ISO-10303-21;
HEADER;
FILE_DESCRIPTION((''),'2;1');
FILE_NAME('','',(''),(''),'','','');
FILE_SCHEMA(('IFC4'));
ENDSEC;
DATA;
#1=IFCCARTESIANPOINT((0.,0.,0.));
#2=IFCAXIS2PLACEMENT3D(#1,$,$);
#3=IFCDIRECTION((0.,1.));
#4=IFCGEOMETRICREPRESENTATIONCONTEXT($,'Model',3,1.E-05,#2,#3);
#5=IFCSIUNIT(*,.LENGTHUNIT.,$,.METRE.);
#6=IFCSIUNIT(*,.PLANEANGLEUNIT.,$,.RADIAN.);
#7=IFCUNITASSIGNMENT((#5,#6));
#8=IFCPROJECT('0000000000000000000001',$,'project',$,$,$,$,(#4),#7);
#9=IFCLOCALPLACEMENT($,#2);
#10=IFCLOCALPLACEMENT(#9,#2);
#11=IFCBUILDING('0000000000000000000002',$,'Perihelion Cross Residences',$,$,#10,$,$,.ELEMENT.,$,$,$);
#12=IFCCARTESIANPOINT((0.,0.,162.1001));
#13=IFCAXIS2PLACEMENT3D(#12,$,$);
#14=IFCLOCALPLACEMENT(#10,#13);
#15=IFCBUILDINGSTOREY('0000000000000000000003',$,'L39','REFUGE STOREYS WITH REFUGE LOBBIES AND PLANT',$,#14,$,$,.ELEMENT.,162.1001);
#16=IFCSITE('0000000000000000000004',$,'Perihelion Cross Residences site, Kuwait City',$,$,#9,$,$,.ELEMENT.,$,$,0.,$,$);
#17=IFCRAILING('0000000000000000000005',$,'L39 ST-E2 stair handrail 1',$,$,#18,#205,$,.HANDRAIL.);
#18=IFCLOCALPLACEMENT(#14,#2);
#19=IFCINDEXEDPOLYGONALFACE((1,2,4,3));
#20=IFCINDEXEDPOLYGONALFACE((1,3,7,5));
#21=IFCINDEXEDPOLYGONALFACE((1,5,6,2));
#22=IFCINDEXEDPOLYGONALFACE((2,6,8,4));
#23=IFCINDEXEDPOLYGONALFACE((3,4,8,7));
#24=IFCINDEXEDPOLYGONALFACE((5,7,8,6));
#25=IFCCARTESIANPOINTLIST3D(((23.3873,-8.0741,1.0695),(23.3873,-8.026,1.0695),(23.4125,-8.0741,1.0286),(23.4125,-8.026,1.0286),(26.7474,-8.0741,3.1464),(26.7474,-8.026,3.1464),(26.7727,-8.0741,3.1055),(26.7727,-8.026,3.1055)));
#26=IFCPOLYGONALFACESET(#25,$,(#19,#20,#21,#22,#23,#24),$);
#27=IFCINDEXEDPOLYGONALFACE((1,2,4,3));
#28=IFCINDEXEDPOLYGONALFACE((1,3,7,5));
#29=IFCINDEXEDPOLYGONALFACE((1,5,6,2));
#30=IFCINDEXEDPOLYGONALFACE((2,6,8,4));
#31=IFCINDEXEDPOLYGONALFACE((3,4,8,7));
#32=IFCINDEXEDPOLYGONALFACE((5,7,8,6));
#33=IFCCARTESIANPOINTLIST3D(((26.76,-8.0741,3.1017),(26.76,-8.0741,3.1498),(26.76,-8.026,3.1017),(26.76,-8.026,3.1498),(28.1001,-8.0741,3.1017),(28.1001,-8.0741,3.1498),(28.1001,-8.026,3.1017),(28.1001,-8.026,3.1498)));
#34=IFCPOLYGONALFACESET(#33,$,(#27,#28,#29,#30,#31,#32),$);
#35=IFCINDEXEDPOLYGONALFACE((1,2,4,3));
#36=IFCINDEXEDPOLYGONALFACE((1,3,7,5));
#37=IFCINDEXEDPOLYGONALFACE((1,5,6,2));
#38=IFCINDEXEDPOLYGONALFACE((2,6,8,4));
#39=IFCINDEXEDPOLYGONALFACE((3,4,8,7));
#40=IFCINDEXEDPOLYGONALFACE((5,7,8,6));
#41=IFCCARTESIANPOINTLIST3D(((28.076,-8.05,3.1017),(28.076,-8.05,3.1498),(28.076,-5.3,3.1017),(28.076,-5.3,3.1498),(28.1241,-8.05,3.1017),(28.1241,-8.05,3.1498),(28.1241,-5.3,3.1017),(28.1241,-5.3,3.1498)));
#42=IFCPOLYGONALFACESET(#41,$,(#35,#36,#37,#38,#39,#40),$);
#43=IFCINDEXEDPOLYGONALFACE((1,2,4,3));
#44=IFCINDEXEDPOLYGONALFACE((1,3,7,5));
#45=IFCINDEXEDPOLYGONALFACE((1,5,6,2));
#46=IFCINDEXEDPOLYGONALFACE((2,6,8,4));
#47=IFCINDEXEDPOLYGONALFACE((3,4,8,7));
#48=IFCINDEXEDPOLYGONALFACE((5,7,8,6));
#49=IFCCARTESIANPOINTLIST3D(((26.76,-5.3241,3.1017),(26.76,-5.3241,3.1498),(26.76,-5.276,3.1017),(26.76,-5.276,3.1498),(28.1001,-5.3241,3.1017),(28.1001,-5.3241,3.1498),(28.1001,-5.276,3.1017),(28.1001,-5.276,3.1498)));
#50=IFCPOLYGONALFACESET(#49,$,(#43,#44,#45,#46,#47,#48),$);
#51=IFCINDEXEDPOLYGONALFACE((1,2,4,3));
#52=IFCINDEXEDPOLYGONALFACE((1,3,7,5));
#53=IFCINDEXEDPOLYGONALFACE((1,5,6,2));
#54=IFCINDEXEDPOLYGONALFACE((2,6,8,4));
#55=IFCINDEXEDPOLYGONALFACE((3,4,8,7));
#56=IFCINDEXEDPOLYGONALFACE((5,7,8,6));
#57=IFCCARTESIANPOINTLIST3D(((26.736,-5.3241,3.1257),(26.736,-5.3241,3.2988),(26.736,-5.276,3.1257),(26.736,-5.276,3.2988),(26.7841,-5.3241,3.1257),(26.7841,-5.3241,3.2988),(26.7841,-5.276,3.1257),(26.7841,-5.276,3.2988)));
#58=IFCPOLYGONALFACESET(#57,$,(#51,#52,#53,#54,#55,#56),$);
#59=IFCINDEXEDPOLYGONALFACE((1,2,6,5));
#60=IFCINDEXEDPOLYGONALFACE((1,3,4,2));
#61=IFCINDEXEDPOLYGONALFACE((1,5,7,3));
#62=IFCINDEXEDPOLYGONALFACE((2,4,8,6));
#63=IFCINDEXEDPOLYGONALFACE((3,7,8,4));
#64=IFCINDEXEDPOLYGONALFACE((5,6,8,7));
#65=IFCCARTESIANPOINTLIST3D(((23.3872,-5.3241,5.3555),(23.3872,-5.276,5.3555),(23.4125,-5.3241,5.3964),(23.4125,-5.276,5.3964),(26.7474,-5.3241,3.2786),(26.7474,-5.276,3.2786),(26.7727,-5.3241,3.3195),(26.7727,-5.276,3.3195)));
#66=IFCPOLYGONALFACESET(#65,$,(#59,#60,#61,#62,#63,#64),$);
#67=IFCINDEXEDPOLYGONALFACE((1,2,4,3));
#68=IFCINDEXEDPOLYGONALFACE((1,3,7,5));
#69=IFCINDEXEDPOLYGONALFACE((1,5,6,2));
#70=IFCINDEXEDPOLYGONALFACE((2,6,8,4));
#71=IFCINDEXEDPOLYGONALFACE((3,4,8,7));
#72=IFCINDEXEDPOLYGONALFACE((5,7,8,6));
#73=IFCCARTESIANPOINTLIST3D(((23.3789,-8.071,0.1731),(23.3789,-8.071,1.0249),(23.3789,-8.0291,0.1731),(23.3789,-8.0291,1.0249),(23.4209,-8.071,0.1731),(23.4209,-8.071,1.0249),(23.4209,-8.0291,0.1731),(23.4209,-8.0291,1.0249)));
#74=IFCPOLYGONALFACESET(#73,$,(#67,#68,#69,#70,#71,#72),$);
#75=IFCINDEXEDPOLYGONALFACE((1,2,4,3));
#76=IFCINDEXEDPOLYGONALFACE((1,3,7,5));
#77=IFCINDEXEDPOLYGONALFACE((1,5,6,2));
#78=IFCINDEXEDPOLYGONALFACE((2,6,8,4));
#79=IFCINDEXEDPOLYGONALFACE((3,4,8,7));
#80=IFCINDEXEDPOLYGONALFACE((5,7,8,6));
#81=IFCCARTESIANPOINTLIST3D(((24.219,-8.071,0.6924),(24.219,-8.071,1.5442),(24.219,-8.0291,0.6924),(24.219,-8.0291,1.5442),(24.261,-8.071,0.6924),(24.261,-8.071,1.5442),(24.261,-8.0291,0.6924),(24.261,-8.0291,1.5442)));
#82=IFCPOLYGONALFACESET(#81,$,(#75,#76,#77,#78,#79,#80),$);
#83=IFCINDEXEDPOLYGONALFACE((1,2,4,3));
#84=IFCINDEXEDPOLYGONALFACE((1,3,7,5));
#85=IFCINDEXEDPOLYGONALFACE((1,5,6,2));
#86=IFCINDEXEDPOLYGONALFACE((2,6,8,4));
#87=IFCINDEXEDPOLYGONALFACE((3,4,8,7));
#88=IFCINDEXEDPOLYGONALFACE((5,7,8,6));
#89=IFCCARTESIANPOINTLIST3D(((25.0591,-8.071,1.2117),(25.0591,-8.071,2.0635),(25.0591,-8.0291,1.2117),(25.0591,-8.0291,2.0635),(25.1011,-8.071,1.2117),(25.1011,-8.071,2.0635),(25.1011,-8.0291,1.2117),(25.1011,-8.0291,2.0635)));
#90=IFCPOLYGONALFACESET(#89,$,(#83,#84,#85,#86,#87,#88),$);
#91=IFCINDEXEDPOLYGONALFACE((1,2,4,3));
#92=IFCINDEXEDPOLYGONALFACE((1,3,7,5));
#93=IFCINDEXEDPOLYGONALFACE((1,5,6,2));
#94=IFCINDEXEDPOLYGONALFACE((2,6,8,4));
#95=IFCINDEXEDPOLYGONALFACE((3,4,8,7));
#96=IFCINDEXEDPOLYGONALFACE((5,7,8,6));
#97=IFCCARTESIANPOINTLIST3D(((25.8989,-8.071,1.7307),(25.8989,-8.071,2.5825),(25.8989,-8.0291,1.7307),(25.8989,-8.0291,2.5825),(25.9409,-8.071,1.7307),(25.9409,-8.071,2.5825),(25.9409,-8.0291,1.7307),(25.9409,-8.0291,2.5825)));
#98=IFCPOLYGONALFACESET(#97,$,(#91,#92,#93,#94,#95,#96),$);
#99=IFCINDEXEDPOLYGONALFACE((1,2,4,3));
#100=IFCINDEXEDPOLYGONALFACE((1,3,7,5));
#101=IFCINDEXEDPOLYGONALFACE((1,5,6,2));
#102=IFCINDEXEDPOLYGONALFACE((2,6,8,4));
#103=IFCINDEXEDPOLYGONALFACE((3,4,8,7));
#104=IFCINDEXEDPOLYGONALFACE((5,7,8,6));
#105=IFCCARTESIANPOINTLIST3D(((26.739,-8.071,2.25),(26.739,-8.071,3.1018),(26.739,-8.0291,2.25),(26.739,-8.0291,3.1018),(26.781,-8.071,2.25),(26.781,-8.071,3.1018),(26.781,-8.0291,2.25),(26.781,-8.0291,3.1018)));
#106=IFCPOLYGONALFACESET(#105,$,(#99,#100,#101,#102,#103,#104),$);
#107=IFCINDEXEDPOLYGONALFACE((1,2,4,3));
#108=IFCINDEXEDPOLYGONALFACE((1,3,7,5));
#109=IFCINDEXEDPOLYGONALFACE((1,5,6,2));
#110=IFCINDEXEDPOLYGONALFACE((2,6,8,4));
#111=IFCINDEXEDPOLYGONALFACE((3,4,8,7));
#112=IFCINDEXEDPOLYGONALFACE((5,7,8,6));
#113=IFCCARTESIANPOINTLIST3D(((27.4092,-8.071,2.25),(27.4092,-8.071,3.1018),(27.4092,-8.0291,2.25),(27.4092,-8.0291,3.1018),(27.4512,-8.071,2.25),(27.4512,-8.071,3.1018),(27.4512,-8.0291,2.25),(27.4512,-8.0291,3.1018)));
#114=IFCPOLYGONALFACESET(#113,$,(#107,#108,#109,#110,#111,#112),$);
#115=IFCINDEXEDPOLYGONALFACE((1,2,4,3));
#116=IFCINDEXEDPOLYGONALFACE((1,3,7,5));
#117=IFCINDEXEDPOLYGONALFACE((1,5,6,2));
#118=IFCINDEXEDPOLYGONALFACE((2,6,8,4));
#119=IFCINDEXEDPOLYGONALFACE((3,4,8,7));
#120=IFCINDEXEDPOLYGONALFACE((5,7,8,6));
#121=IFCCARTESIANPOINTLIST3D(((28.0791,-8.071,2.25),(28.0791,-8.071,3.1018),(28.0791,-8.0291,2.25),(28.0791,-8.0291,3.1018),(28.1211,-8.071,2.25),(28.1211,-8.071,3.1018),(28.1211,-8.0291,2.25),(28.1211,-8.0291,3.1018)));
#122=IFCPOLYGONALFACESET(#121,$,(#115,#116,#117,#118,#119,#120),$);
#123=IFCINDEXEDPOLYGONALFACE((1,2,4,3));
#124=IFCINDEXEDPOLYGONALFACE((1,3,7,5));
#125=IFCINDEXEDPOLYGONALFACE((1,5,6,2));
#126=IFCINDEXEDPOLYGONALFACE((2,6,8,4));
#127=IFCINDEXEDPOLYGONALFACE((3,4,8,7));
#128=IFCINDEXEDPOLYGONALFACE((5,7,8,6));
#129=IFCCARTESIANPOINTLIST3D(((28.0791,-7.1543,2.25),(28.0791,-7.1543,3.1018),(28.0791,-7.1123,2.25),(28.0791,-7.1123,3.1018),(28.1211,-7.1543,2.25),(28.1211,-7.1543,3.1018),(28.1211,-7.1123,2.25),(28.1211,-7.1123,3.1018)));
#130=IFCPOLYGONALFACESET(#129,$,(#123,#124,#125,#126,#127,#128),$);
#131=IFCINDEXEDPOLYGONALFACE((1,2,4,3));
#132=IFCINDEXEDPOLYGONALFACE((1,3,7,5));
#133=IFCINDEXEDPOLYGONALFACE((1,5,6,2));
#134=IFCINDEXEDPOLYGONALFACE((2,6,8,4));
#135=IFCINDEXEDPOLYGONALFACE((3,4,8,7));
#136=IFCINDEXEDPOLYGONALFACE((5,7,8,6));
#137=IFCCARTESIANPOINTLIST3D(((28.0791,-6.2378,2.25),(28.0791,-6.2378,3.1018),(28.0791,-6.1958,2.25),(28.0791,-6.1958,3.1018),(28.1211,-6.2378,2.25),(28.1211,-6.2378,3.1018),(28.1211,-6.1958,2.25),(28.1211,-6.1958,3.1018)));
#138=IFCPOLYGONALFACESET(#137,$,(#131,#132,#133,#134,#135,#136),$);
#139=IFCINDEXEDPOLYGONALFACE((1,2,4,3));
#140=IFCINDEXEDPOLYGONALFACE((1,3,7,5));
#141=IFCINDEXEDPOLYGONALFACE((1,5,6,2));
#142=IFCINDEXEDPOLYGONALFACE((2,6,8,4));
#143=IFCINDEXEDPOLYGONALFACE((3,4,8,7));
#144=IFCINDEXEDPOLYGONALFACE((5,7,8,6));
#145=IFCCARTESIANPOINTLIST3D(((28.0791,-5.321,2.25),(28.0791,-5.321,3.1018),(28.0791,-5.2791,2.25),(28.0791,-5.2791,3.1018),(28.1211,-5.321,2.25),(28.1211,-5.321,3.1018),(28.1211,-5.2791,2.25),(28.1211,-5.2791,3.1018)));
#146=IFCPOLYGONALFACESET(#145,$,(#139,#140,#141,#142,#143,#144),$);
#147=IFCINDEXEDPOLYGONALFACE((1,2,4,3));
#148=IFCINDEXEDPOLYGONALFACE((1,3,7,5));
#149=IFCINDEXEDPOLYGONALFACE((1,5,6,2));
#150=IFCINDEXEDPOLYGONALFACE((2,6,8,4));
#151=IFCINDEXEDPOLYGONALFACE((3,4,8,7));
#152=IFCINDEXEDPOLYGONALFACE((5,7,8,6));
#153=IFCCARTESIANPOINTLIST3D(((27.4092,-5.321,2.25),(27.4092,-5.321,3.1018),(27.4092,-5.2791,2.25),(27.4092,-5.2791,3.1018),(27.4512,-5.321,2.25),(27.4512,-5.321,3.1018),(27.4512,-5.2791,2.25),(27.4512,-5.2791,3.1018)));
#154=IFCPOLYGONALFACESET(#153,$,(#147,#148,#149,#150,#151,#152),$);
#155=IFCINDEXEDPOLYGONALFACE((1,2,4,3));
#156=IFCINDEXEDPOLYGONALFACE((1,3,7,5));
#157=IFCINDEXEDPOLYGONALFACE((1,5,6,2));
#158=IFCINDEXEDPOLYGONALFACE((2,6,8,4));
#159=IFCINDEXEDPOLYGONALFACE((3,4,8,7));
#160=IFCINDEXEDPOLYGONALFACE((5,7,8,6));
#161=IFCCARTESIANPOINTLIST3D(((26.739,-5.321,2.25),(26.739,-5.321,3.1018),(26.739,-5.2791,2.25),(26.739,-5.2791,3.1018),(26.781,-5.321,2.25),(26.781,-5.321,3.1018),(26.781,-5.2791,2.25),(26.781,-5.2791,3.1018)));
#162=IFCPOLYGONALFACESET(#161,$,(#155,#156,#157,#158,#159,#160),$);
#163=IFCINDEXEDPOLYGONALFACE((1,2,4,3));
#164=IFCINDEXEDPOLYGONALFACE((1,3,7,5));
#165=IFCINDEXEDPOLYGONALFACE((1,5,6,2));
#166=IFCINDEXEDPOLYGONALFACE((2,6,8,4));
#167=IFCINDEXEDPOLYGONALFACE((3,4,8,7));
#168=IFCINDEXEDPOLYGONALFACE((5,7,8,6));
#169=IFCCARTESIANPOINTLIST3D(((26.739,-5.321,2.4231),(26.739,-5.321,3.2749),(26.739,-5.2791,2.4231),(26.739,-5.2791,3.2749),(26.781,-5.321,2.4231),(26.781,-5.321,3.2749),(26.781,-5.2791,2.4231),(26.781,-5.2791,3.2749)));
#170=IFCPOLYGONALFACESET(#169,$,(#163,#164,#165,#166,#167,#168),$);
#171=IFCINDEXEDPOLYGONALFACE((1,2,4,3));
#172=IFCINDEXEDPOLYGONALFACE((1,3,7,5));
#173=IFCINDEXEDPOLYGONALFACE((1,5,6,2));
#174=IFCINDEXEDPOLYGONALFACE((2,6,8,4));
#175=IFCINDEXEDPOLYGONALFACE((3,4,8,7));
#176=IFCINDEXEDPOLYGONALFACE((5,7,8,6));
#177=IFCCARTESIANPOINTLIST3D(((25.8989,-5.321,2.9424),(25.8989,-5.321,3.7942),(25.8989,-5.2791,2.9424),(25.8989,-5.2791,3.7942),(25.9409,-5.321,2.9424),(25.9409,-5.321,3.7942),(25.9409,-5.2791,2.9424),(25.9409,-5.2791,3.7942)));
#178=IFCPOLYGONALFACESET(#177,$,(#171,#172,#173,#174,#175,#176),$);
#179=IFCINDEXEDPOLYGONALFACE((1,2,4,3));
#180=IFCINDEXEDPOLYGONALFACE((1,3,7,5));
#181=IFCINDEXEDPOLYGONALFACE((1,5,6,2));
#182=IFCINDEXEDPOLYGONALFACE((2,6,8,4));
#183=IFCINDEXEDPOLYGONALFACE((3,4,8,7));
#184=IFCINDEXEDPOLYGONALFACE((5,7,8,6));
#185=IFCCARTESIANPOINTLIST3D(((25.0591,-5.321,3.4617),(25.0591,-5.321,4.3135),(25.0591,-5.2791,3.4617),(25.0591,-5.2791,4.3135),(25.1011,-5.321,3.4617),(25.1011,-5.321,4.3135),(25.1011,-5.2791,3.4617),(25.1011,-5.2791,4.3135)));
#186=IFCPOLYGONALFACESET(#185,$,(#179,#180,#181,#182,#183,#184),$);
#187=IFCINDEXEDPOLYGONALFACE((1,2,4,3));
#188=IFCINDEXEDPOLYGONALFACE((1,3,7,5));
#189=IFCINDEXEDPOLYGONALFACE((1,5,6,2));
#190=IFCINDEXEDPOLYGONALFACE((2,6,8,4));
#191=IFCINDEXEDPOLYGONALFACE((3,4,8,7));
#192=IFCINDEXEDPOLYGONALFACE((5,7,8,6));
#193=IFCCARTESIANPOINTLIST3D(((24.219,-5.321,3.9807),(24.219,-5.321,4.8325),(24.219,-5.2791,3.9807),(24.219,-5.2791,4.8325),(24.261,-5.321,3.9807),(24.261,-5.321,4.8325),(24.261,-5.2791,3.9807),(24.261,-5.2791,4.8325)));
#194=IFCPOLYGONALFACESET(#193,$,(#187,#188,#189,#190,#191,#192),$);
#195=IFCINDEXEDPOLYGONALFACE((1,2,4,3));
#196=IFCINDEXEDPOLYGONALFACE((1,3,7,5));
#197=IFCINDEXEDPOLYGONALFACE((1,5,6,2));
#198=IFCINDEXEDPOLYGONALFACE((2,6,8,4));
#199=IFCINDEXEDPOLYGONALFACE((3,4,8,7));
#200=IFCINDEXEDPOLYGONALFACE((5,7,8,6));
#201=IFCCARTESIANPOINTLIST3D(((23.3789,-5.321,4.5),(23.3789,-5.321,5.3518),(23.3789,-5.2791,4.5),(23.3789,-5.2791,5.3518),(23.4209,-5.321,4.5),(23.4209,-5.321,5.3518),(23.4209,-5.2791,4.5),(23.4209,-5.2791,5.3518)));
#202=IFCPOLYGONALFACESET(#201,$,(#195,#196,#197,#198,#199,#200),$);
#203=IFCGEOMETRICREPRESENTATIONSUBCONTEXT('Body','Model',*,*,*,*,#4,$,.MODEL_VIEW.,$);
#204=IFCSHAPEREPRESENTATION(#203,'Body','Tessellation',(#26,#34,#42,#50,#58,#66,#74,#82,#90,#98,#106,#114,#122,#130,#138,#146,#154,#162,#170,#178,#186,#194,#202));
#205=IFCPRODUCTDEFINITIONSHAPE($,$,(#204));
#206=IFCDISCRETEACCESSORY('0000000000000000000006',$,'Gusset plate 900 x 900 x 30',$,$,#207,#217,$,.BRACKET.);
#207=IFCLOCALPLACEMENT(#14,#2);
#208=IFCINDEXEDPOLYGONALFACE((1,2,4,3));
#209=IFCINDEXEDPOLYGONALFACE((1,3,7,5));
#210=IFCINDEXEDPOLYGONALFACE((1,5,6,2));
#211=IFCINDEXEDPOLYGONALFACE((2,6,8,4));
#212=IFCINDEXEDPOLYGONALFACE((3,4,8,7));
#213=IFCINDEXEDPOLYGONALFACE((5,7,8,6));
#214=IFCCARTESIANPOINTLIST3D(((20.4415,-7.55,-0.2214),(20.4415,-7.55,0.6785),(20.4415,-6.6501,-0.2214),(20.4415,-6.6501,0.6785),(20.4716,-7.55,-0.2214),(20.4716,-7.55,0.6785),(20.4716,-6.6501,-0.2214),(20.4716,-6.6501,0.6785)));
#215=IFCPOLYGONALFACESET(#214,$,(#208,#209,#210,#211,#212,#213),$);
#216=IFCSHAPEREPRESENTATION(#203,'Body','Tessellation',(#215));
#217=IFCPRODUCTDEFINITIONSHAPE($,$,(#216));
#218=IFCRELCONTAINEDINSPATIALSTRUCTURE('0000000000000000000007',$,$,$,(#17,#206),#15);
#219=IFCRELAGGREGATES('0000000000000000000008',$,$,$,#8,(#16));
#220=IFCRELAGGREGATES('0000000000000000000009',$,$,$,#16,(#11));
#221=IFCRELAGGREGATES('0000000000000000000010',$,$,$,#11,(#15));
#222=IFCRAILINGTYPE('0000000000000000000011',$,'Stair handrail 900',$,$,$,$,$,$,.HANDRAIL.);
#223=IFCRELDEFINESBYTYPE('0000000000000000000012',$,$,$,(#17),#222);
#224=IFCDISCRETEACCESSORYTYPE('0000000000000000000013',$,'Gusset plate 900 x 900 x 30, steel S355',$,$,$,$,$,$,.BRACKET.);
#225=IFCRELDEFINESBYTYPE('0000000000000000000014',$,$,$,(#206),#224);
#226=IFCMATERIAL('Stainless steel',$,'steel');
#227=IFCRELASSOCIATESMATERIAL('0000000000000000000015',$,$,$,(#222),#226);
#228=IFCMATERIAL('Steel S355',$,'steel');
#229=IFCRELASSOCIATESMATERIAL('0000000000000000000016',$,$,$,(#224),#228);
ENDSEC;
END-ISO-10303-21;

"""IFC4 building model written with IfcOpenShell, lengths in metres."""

from ifc_helpers import new_model, si_unit, direction, frame, origin, origin_2d, place, context, subcontext, project, spatial, rectangle, extrude, material, type_object, element, save


model = new_model("IFC4")

# Units and contexts
model_context = context("Model", 3, precision=1e-05, world=origin(), true_north=direction((0.0, 1.0)))
body_context = subcontext(model_context, "Body", "Model", "MODEL_VIEW")
ifc_project = project(units=[si_unit("LENGTHUNIT", "METRE"), si_unit("PLANEANGLEUNIT", "RADIAN")], contexts=[model_context])

# Site, building, storey
site_placement = place(None, origin())
site = spatial("IfcSite", under=ifc_project, at=site_placement, Name="Perihelion Cross Residences site, Kuwait City", CompositionType="ELEMENT", RefElevation=0.0)
building_placement = place(site_placement, origin())
building = spatial("IfcBuilding", under=site, at=building_placement, Name="Perihelion Cross Residences", CompositionType="ELEMENT")
storey_placement = place(building_placement, frame((0.0, 0.0, 162.1001)))
storey = spatial("IfcBuildingStorey", under=building, at=storey_placement, Name="L39", Description="REFUGE STOREYS WITH REFUGE LOBBIES AND PLANT", CompositionType="ELEMENT", Elevation=162.1001)

# Railing
ifc_material_1 = material(Name="Stainless steel", Category="steel")
railing_type_1 = type_object("IfcRailingType", Name="Stair handrail 900", PredefinedType="HANDRAIL", material=ifc_material_1)
railing_1_placement = place(storey_placement, frame((23.3999, -8.05, 0.1731)))
element("IfcRailing", 1, at=railing_1_placement, inside=storey, type_object=railing_type_1, Name="L39 ST-E2 stair handrail 1", PredefinedType="HANDRAIL", context=body_context, shape_type="SweptSolid", body=[
    extrude(rectangle(XDim=0.0481, YDim=0.0481, at=origin_2d()), frame((0.0, 0.0, 0.876), z_axis=(0.850623, 0.0, 0.525776), x_axis=(0.0, 1.0, 0.0)), (0.0, 0.0, 1.0), 3.9502),
    extrude(rectangle(XDim=0.0481, YDim=0.0481, at=origin_2d()), frame((3.3601, 0.0, 2.9526), z_axis=(1.0, 0.0, 0.0), x_axis=(0.0, 1.0, 0.0)), (0.0, 0.0, 1.0), 1.3401),
    extrude(rectangle(XDim=0.0481, YDim=0.0481, at=origin_2d()), frame((4.7002, 0.0, 2.9526), z_axis=(0.0, 1.0, 0.0), x_axis=(-1.0, 0.0, 0.0)), (0.0, 0.0, 1.0), 2.75),
    extrude(rectangle(XDim=0.0481, YDim=0.0481, at=origin_2d()), frame((4.7002, 2.75, 2.9526), z_axis=(-1.0, 0.0, 0.0), x_axis=(0.0, -1.0, 0.0)), (0.0, 0.0, 1.0), 1.3401),
    extrude(rectangle(XDim=0.0481, YDim=0.0481, at=origin_2d()), frame((3.3601, 2.75, 2.9526), z_axis=(0.0, 0.0, 1.0), x_axis=(1.0, 0.0, 0.0)), (0.0, 0.0, 1.0), 0.1731),
    extrude(rectangle(XDim=0.0481, YDim=0.0481, at=origin_2d()), frame((3.3601, 2.75, 3.126), z_axis=(-0.850623, 0.0, 0.525776), x_axis=(0.0, -1.0, 0.0)), (0.0, 0.0, 1.0), 3.9502),
    extrude(rectangle(XDim=0.042, YDim=0.042, at=origin_2d()), origin(), (0.0, 0.0, 1.0), 0.8518),
    extrude(rectangle(XDim=0.042, YDim=0.042, at=origin_2d()), frame((0.8401, 0.0, 0.5193)), (0.0, 0.0, 1.0), 0.8518),
    extrude(rectangle(XDim=0.042, YDim=0.042, at=origin_2d()), frame((1.6802, 0.0, 1.0386)), (0.0, 0.0, 1.0), 0.8518),
    extrude(rectangle(XDim=0.042, YDim=0.042, at=origin_2d()), frame((2.52, 0.0, 1.5576)), (0.0, 0.0, 1.0), 0.8518),
    extrude(rectangle(XDim=0.042, YDim=0.042, at=origin_2d()), frame((3.3601, 0.0, 2.0769)), (0.0, 0.0, 1.0), 0.8518),
    extrude(rectangle(XDim=0.042, YDim=0.042, at=origin_2d()), frame((4.0303, 0.0, 2.0769)), (0.0, 0.0, 1.0), 0.8518),
    extrude(rectangle(XDim=0.042, YDim=0.042, at=origin_2d()), frame((4.7002, 0.0, 2.0769)), (0.0, 0.0, 1.0), 0.8518),
    extrude(rectangle(XDim=0.042, YDim=0.042, at=origin_2d()), frame((4.7002, 0.9167, 2.0769)), (0.0, 0.0, 1.0), 0.8518),
    extrude(rectangle(XDim=0.042, YDim=0.042, at=origin_2d()), frame((4.7002, 1.8333, 2.0769)), (0.0, 0.0, 1.0), 0.8518),
    extrude(rectangle(XDim=0.042, YDim=0.042, at=origin_2d()), frame((4.7002, 2.75, 2.0769)), (0.0, 0.0, 1.0), 0.8518),
    extrude(rectangle(XDim=0.042, YDim=0.042, at=origin_2d()), frame((4.0303, 2.75, 2.0769)), (0.0, 0.0, 1.0), 0.8518),
    extrude(rectangle(XDim=0.042, YDim=0.042, at=origin_2d()), frame((3.3601, 2.75, 2.0769)), (0.0, 0.0, 1.0), 0.8518),
    extrude(rectangle(XDim=0.042, YDim=0.042, at=origin_2d()), frame((3.3601, 2.75, 2.25)), (0.0, 0.0, 1.0), 0.8518),
    extrude(rectangle(XDim=0.042, YDim=0.042, at=origin_2d()), frame((2.52, 2.75, 2.7693)), (0.0, 0.0, 1.0), 0.8518),
    extrude(rectangle(XDim=0.042, YDim=0.042, at=origin_2d()), frame((1.6802, 2.75, 3.2886)), (0.0, 0.0, 1.0), 0.8518),
    extrude(rectangle(XDim=0.042, YDim=0.042, at=origin_2d()), frame((0.8401, 2.75, 3.8076)), (0.0, 0.0, 1.0), 0.8518),
    extrude(rectangle(XDim=0.042, YDim=0.042, at=origin_2d()), frame((0.0, 2.75, 4.3269)), (0.0, 0.0, 1.0), 0.8518),
])

# Discrete accessory
ifc_material_2 = material(Name="Steel S355", Category="steel")
discrete_accessory_type = type_object("IfcDiscreteAccessoryType", Name="Gusset plate 900 x 900 x 30, steel S355", PredefinedType="BRACKET", material=ifc_material_2)
discrete_accessory_placement = place(storey_placement, frame((20.4565, -7.1001, -0.2214), z_axis=(0.0, 0.0, 1.0), x_axis=(0.0, 1.0, 0.0)))
element("IfcDiscreteAccessory", 2, at=discrete_accessory_placement, inside=storey, type_object=discrete_accessory_type, Name="Gusset plate 900 x 900 x 30", PredefinedType="BRACKET", context=body_context, shape_type="SweptSolid", body=[
    extrude(rectangle(XDim=0.8999, YDim=0.03, at=origin_2d()), origin(), (0.0, 0.0, 1.0), 0.8999),
])

save(model, "model.ifc")
